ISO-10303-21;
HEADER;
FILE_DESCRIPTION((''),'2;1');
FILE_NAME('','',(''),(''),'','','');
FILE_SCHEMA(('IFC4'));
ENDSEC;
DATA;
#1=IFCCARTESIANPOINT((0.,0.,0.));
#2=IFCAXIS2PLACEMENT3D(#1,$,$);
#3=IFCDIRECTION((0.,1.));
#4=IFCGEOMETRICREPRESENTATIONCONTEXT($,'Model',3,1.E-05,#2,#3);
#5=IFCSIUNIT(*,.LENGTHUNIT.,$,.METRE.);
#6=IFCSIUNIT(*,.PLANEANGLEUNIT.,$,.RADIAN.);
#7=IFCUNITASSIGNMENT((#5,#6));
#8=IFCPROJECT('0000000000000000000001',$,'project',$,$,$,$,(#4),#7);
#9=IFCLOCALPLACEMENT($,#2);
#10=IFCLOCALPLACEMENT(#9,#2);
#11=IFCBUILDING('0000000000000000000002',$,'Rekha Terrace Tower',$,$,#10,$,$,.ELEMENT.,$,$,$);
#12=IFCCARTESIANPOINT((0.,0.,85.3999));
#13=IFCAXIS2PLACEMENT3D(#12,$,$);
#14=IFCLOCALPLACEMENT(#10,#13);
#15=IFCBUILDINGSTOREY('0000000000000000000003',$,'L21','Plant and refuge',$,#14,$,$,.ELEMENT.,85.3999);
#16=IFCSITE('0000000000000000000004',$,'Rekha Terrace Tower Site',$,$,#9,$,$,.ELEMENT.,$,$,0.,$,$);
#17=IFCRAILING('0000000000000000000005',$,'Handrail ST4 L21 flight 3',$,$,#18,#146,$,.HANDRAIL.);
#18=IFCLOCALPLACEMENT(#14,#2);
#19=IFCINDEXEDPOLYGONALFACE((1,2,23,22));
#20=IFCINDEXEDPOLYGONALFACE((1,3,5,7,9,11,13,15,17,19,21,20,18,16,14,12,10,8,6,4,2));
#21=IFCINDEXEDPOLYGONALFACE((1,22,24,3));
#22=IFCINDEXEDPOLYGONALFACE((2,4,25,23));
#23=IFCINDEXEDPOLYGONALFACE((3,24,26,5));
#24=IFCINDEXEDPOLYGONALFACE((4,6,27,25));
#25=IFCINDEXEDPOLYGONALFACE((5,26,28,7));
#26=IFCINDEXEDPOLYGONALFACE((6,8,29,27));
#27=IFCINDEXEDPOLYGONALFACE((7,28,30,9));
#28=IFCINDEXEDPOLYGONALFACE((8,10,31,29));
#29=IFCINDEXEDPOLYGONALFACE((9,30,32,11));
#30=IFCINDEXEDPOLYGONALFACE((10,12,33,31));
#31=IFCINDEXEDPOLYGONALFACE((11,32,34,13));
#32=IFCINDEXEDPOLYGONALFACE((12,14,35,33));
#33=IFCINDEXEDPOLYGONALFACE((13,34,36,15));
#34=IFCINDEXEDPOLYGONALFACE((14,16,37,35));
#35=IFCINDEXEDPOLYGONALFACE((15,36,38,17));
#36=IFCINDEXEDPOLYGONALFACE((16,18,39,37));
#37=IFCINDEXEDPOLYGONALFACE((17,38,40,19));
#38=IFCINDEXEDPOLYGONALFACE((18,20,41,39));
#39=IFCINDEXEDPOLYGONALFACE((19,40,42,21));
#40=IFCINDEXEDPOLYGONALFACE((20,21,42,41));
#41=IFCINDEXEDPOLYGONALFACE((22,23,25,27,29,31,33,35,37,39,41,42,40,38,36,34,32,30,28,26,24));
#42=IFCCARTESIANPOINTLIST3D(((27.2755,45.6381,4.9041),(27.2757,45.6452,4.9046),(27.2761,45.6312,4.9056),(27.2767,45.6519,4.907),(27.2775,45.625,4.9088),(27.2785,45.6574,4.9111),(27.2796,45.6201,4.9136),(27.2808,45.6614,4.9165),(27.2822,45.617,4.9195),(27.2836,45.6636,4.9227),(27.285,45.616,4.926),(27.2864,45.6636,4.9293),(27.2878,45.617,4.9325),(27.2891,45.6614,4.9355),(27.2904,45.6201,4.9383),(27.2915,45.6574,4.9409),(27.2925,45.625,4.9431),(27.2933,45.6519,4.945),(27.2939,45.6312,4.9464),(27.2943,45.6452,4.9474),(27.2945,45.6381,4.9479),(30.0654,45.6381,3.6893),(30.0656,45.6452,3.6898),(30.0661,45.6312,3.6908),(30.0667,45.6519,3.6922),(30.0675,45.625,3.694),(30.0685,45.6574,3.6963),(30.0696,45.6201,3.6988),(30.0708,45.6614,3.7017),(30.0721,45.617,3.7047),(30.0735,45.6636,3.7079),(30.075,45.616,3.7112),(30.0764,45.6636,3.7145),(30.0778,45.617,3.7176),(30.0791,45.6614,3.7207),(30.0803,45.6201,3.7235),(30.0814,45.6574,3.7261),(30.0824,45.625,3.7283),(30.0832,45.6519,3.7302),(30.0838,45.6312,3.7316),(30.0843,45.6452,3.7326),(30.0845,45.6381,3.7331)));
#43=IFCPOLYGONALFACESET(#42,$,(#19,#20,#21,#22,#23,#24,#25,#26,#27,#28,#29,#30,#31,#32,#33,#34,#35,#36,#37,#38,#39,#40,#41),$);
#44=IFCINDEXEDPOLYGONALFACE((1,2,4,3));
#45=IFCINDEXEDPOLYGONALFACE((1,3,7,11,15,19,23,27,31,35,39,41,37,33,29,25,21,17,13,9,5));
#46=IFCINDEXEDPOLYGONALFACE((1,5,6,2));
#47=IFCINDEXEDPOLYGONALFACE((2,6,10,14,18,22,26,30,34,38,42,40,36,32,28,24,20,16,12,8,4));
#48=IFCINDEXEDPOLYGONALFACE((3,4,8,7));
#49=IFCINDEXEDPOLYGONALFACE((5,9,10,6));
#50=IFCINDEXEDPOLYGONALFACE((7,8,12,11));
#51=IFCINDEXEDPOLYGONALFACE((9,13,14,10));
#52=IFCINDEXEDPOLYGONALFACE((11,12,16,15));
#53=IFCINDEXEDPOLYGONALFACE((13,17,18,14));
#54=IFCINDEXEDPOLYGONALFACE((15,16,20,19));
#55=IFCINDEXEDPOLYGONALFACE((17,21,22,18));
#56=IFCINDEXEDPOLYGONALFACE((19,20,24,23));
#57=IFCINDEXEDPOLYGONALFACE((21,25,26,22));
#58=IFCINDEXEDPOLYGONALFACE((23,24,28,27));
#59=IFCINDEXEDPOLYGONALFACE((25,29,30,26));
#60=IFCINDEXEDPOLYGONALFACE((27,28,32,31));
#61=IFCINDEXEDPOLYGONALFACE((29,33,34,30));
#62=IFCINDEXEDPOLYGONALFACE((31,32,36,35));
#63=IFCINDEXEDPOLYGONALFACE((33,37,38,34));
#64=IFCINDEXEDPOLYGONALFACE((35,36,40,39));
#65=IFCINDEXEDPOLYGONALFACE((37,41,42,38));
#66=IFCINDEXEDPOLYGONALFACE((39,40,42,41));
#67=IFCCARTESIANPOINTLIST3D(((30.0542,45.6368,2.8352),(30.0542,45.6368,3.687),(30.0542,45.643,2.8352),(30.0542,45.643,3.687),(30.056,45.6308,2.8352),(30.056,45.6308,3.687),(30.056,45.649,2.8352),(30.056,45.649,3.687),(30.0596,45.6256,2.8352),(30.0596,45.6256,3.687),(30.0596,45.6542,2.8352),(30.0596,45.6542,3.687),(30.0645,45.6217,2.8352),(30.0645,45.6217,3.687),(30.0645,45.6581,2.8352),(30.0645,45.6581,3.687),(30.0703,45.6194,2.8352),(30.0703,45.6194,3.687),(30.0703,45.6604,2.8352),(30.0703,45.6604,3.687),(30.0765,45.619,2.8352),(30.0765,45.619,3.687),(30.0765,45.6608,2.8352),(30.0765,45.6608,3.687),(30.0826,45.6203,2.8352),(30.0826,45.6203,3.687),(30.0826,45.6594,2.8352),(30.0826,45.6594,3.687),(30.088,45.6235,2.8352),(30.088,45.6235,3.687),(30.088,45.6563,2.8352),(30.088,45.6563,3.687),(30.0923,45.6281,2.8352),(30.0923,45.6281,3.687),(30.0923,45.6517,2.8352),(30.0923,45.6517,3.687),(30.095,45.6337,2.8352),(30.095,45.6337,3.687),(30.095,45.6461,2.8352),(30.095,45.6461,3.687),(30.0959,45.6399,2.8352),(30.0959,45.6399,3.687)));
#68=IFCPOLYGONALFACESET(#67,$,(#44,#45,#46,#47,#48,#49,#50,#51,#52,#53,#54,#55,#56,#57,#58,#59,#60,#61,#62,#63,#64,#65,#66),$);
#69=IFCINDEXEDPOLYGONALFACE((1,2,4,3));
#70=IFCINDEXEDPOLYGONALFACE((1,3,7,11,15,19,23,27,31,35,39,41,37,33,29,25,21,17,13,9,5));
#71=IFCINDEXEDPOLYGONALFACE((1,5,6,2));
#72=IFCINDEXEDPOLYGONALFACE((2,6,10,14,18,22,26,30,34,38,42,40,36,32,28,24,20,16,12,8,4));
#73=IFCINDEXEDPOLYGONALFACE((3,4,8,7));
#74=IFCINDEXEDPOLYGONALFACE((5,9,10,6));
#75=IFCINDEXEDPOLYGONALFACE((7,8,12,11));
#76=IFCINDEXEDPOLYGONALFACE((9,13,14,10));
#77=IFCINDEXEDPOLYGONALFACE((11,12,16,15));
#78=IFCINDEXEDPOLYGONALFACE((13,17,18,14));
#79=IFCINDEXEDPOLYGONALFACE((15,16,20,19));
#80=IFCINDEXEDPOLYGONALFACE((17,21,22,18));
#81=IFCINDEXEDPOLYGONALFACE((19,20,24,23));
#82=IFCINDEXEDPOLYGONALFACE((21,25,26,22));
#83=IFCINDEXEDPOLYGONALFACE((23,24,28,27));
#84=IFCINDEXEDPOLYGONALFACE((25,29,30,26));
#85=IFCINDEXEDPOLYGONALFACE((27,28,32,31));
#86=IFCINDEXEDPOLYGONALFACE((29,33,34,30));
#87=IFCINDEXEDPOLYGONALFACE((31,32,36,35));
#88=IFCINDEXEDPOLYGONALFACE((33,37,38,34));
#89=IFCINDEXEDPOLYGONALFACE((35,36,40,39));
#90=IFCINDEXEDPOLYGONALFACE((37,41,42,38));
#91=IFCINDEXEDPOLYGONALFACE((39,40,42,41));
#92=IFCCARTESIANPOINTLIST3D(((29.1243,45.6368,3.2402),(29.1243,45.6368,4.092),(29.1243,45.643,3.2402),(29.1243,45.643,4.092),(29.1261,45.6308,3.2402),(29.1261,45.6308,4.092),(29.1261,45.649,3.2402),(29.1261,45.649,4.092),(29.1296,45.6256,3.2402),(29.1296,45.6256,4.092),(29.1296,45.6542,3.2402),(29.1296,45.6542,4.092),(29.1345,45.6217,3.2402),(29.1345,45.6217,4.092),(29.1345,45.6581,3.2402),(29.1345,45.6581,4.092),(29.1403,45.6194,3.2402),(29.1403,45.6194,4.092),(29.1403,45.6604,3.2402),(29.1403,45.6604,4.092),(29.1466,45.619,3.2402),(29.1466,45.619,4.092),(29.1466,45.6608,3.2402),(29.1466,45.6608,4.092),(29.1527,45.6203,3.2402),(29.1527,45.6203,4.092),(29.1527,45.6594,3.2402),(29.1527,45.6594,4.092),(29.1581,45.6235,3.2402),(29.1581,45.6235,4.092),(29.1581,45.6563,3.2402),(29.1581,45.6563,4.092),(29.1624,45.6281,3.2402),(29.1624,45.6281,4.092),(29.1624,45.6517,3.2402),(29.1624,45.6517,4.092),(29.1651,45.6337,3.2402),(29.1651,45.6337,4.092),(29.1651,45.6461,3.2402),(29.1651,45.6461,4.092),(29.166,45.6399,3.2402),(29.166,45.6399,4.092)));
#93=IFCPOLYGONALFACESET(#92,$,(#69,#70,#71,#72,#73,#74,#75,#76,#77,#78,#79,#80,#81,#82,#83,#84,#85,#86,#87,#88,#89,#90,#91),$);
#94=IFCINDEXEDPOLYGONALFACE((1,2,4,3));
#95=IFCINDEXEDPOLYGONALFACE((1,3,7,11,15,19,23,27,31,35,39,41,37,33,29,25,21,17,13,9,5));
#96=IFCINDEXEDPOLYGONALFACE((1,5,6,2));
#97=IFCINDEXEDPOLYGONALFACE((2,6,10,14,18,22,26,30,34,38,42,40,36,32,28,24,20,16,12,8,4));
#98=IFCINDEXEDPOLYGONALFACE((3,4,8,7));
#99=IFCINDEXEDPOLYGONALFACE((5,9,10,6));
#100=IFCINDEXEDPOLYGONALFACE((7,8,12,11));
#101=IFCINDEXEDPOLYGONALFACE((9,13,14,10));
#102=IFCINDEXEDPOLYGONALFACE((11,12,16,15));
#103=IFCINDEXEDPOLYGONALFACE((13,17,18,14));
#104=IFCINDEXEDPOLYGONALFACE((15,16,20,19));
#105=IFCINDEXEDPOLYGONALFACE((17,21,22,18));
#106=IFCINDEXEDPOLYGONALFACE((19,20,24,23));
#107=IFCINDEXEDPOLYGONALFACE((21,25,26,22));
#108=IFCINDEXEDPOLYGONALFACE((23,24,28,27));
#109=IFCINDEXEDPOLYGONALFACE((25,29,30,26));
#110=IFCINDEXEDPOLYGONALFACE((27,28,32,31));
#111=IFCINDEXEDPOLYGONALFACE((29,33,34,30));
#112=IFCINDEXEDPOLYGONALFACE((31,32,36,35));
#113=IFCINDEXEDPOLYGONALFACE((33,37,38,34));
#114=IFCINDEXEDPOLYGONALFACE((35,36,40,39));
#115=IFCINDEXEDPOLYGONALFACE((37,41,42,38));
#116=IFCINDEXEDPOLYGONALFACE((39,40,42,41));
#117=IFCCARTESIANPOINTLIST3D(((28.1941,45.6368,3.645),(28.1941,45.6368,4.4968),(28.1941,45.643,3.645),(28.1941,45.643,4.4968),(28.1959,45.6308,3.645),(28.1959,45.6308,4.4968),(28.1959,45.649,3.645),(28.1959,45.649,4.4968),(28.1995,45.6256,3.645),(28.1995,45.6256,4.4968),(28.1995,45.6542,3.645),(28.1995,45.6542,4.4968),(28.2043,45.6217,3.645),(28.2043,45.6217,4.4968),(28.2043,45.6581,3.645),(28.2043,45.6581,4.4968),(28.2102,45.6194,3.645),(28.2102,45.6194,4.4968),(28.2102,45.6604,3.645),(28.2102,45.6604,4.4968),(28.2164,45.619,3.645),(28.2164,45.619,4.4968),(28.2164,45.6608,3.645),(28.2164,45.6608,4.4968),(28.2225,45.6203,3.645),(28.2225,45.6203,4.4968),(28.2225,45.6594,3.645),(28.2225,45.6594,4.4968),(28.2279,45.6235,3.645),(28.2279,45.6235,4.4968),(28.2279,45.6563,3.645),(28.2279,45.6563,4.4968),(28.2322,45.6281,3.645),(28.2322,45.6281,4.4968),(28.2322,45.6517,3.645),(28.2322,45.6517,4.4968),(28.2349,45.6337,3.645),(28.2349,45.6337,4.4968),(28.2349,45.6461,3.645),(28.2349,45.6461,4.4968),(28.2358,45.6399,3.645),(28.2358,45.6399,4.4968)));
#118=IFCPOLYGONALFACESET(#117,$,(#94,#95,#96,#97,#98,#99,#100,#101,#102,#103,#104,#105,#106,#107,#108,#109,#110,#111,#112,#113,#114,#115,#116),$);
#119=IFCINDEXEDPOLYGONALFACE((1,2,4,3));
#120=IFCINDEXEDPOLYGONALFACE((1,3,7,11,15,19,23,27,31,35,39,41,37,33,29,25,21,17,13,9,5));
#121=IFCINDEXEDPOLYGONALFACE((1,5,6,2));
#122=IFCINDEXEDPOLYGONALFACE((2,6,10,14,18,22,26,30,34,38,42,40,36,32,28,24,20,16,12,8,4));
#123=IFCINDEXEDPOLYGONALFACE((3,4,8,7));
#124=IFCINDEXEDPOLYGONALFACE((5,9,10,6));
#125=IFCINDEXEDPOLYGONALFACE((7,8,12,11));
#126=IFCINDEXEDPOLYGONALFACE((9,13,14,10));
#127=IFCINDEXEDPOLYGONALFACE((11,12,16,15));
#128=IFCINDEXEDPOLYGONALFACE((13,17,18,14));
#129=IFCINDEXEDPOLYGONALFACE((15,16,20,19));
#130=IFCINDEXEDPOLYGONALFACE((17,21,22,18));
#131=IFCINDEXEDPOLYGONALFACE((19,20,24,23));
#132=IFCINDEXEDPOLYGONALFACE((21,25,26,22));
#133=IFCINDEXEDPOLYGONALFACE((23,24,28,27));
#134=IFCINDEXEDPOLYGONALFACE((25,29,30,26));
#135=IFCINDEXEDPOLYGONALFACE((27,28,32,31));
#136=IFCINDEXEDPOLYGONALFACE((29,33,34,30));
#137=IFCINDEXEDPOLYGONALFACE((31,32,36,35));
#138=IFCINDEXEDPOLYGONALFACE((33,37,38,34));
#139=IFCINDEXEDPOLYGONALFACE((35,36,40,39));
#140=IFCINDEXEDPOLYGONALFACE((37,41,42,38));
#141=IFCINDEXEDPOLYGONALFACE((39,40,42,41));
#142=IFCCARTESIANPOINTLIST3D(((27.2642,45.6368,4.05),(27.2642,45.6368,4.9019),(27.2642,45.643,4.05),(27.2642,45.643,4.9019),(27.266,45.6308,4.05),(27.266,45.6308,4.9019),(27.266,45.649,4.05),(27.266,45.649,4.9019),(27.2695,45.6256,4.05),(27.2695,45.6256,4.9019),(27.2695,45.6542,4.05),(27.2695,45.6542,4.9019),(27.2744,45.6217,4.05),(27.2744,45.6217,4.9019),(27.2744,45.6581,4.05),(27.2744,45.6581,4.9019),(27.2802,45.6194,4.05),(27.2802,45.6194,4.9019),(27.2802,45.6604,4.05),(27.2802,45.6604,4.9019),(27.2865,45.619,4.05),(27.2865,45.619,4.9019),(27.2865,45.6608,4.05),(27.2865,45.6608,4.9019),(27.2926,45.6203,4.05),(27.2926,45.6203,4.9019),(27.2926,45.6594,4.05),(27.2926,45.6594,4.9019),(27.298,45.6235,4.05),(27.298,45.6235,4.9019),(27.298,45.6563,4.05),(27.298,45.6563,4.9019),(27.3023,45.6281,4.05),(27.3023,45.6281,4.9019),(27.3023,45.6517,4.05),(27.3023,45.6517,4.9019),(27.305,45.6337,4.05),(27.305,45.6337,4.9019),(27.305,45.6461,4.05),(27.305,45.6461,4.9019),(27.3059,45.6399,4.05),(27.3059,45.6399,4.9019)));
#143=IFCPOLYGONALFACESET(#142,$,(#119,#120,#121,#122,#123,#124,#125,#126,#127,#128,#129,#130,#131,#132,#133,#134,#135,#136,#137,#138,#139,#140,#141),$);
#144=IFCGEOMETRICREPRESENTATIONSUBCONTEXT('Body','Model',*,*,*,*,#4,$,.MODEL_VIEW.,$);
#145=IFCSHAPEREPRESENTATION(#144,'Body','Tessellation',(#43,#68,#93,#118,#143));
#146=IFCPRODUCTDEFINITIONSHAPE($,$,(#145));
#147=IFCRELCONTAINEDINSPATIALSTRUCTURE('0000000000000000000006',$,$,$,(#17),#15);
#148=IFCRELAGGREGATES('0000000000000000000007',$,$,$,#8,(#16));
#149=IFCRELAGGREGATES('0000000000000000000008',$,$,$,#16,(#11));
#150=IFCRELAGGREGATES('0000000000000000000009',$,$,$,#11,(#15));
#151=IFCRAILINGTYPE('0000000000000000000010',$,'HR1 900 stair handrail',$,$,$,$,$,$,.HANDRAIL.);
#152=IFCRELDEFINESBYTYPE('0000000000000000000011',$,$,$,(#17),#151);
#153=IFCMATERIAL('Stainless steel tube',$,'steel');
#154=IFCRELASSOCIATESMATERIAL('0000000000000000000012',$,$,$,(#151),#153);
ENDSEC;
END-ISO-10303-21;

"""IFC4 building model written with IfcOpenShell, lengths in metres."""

from ifc_helpers import new_model, si_unit, direction, frame, origin, origin_2d, place, context, subcontext, project, spatial, circle, extrude, material, type_object, element, save


model = new_model("IFC4")

# Units and contexts
model_context = context("Model", 3, precision=1e-05, world=origin(), true_north=direction((0.0, 1.0)))
body_context = subcontext(model_context, "Body", "Model", "MODEL_VIEW")
ifc_project = project(units=[si_unit("LENGTHUNIT", "METRE"), si_unit("PLANEANGLEUNIT", "RADIAN")], contexts=[model_context])

# Site, building, storey
site_placement = place(None, origin())
site = spatial("IfcSite", under=ifc_project, at=site_placement, Name="Rekha Terrace Tower Site", CompositionType="ELEMENT", RefElevation=0.0)
building_placement = place(site_placement, origin())
building = spatial("IfcBuilding", under=site, at=building_placement, Name="Rekha Terrace Tower", CompositionType="ELEMENT")
storey_placement = place(building_placement, frame((0.0, 0.0, 85.3999)))
storey = spatial("IfcBuildingStorey", under=building, at=storey_placement, Name="L21", Description="Plant and refuge", CompositionType="ELEMENT", Elevation=85.3999)

# Railing
ifc_material_1 = material(Name="Stainless steel tube", Category="steel")
railing_type_1 = type_object("IfcRailingType", Name="HR1 900 stair handrail", PredefinedType="HANDRAIL", material=ifc_material_1)
railing_1_placement = place(storey_placement, frame((30.075, 45.6399, 2.8352)))
element("IfcRailing", 1, at=railing_1_placement, inside=storey, type_object=railing_type_1, Name="Handrail ST4 L21 flight 3", PredefinedType="HANDRAIL", context=body_context, shape_type="SweptSolid", body=[
    extrude(circle(Radius=0.0239, at=origin_2d()), frame((0.0, 0.0, 0.876), z_axis=(-0.916856, 0.0, 0.399219), x_axis=(0.0, -1.0, 0.0)), (0.0, 0.0, 1.0), 3.043),
    extrude(circle(Radius=0.021, at=origin_2d()), origin(), (0.0, 0.0, 1.0), 0.8518),
    extrude(circle(Radius=0.021, at=origin_2d()), frame((-0.9299, 0.0, 0.405)), (0.0, 0.0, 1.0), 0.8518),
    extrude(circle(Radius=0.021, at=origin_2d()), frame((-1.8601, 0.0, 0.8098)), (0.0, 0.0, 1.0), 0.8518),
    extrude(circle(Radius=0.021, at=origin_2d()), frame((-2.79, 0.0, 1.2148)), (0.0, 0.0, 1.0), 0.8518),
])

save(model, "model.ifc")
